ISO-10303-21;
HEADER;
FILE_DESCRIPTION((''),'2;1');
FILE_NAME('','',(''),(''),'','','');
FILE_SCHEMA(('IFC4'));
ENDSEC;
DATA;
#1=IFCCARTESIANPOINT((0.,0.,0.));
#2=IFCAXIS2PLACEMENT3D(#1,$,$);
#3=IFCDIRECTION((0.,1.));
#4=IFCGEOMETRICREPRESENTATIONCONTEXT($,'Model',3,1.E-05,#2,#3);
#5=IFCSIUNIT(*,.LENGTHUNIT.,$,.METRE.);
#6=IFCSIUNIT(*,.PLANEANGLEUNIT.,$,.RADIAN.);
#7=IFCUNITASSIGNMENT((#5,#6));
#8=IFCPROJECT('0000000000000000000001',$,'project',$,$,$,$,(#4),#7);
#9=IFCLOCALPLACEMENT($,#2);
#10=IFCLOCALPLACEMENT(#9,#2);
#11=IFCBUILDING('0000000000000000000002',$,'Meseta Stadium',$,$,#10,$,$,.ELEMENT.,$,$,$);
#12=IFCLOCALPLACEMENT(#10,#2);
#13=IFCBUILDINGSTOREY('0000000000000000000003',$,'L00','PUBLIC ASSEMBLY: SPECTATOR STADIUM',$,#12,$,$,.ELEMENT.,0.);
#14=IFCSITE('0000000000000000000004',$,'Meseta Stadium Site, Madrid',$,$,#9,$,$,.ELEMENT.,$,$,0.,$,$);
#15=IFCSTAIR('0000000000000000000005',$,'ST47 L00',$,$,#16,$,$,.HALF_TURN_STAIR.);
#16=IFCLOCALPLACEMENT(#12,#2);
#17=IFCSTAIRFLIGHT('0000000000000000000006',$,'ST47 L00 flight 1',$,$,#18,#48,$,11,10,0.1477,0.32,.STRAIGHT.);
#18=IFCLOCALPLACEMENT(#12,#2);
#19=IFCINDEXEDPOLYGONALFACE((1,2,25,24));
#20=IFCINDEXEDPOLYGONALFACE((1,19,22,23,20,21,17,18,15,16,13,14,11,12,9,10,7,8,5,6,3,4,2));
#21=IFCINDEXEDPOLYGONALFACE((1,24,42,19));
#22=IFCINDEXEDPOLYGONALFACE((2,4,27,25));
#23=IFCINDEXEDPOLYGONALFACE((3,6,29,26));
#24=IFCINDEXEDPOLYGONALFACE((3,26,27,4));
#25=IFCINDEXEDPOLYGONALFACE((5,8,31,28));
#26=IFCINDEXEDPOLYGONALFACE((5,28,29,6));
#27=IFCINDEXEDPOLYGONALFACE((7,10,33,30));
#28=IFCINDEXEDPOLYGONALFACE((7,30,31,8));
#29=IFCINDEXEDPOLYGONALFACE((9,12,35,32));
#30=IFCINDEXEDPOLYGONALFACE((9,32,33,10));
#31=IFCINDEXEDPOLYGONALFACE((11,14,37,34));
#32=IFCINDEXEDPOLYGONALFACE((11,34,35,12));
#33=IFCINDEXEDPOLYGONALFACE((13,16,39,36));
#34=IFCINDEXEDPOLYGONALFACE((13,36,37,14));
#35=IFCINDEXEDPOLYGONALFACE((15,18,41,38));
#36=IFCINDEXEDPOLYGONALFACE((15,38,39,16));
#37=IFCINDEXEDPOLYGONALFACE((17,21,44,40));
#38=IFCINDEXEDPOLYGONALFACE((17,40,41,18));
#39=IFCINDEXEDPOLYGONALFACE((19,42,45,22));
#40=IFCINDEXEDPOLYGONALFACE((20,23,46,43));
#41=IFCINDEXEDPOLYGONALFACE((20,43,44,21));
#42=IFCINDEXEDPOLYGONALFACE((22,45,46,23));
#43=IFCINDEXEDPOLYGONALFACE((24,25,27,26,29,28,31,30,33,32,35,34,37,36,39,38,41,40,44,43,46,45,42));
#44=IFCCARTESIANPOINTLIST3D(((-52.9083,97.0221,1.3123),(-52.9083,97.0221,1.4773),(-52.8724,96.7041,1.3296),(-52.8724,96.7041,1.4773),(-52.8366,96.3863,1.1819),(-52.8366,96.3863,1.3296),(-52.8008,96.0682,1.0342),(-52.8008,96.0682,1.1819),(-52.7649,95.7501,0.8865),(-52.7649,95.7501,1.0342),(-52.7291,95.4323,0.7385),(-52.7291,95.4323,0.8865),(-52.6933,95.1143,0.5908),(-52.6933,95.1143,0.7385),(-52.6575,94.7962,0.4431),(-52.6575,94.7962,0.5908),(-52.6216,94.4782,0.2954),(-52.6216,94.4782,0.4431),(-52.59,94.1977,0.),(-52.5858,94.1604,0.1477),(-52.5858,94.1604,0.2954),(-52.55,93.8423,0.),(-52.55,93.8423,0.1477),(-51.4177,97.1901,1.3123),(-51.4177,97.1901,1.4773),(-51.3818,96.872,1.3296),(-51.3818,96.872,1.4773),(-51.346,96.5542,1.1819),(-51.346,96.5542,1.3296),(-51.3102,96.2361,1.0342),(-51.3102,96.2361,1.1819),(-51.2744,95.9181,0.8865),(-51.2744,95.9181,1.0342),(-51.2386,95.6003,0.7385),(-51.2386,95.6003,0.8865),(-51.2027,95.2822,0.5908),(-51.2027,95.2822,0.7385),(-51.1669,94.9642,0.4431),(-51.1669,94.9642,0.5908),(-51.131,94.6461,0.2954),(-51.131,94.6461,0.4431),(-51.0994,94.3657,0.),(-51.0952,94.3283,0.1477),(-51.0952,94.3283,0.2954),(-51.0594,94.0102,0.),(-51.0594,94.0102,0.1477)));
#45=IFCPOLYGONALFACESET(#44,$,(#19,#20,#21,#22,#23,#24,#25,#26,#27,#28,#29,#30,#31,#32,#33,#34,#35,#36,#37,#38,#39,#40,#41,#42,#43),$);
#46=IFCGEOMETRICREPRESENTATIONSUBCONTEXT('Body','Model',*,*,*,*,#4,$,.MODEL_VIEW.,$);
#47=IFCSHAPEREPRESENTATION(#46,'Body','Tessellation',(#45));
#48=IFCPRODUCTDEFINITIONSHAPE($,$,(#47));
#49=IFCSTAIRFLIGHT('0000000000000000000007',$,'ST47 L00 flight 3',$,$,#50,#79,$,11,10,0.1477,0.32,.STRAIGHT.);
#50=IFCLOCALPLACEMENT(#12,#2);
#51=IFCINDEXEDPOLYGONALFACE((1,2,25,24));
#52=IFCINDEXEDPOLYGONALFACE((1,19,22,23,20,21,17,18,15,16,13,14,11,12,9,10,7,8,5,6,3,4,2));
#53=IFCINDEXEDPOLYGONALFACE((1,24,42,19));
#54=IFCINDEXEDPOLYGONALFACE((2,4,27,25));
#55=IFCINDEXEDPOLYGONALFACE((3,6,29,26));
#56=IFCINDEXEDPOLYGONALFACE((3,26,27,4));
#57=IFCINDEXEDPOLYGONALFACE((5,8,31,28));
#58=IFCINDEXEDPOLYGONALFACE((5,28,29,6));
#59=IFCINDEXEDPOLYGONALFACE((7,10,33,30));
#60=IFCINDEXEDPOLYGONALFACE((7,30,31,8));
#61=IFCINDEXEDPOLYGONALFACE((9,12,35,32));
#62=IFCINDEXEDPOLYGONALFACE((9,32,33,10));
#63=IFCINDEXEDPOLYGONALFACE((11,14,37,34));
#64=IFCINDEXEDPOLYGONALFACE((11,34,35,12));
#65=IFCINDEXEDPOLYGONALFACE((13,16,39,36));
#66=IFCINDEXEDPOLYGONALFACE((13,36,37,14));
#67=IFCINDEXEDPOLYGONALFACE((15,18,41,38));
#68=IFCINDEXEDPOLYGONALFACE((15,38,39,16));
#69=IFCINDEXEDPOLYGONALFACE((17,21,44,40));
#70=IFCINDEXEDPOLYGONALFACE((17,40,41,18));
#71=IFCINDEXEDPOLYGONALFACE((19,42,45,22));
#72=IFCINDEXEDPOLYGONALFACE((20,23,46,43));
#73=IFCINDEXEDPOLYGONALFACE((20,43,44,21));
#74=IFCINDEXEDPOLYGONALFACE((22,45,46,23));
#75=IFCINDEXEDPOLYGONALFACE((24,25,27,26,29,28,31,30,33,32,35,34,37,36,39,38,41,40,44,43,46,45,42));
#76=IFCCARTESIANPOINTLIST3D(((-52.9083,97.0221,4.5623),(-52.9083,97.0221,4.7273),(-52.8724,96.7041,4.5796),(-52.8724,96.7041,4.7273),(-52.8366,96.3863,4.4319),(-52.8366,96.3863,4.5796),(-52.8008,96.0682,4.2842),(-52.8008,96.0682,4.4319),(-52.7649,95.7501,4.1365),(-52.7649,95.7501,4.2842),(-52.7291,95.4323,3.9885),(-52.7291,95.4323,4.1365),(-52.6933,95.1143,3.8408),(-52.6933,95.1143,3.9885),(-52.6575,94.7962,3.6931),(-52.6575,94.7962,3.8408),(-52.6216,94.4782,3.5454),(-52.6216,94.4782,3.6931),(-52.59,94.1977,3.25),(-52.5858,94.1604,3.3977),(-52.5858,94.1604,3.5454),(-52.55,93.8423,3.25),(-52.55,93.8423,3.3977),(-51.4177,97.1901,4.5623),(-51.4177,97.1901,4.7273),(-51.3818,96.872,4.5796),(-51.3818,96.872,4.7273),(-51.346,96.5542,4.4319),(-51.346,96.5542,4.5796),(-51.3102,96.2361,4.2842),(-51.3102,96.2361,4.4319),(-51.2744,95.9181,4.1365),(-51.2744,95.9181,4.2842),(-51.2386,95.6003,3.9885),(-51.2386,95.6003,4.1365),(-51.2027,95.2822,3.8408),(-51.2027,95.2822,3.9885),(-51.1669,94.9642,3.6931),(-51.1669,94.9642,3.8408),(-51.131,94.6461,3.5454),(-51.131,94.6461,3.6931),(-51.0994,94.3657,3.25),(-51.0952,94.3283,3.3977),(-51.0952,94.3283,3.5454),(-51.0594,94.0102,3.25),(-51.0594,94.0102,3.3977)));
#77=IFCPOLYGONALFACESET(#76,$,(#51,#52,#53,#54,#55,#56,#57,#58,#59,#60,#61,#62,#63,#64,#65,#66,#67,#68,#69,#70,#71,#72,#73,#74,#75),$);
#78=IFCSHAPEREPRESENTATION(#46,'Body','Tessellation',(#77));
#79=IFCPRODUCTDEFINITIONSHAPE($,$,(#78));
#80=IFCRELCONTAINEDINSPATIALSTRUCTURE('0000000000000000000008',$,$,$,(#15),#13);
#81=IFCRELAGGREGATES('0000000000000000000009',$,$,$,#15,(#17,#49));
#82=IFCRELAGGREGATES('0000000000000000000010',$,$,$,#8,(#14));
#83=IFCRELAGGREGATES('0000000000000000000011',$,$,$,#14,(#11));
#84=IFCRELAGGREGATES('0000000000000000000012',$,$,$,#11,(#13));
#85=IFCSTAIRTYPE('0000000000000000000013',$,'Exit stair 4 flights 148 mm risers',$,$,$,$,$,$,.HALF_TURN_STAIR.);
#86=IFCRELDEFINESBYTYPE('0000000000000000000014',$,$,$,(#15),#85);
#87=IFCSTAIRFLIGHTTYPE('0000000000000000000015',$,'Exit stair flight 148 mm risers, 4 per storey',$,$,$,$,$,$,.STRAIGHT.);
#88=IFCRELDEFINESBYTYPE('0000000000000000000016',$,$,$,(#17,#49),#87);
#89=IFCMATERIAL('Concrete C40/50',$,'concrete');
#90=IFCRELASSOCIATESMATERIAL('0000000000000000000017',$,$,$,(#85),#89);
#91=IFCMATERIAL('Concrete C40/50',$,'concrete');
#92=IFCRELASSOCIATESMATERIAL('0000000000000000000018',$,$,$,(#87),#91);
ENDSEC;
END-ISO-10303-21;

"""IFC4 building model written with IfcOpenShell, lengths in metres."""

from ifc_helpers import new_model, si_unit, direction, frame, origin, place, context, subcontext, project, spatial, polyline, outline, extrude, material, type_object, element, aggregate, save


model = new_model("IFC4")

# Units and contexts
model_context = context("Model", 3, precision=1e-05, world=origin(), true_north=direction((0.0, 1.0)))
body_context = subcontext(model_context, "Body", "Model", "MODEL_VIEW")
ifc_project = project(units=[si_unit("LENGTHUNIT", "METRE"), si_unit("PLANEANGLEUNIT", "RADIAN")], contexts=[model_context])

# Site, building, storey
site_placement = place(None, origin())
site = spatial("IfcSite", under=ifc_project, at=site_placement, Name="Meseta Stadium Site, Madrid", CompositionType="ELEMENT", RefElevation=0.0)
building_placement = place(site_placement, origin())
building = spatial("IfcBuilding", under=site, at=building_placement, Name="Meseta Stadium", CompositionType="ELEMENT")
storey_placement = place(building_placement, origin())
storey = spatial("IfcBuildingStorey", under=building, at=storey_placement, Name="L00", Description="PUBLIC ASSEMBLY: SPECTATOR STADIUM", CompositionType="ELEMENT", Elevation=0.0)

# Shared definitions
ifc_material_1 = material(Name="Concrete C40/50", Category="concrete")
stair_type = type_object("IfcStairType", Name="Exit stair 4 flights 148 mm risers", PredefinedType="HALF_TURN_STAIR", material=ifc_material_1)
ifc_material_2 = material(Name="Concrete C40/50", Category="concrete")
stair_flight_type = type_object("IfcStairFlightType", Name="Exit stair flight 148 mm risers, 4 per storey", PredefinedType="STRAIGHT", material=ifc_material_2)

# Stair, stair flights
stair_1_placement = place(storey_placement, origin())
stair_1 = element("IfcStair", 1, at=stair_1_placement, inside=storey, type_object=stair_type, Name="ST47 L00", PredefinedType="HALF_TURN_STAIR")
stair_flight_1_placement = place(storey_placement, frame((-51.8047, 93.9263, 0.0), z_axis=(0.0, 0.0, 1.0), x_axis=(-0.111964, 0.993712, 0.0)))
stair_flight_1 = element("IfcStairFlight", 2, at=stair_flight_1_placement, type_object=stair_flight_type, Name="ST47 L00 flight 1", NumberOfRisers=11, NumberOfTreads=10, PredefinedType="STRAIGHT", RiserHeight=0.1477, TreadLength=0.32, context=body_context, shape_type="SweptSolid", body=[
    extrude(outline(polyline([(0.0, 0.0), (0.0, 0.1477), (0.3201, 0.1477), (0.3201, 0.2954), (0.6399, 0.2954), (0.6399, 0.4431), (0.96, 0.4431), (0.96, 0.5908), (1.28, 0.5908), (1.28, 0.7385), (1.6001, 0.7385), (1.6001, 0.8865), (1.9199, 0.8865), (1.9199, 1.0342), (2.24, 1.0342), (2.24, 1.1819), (2.5601, 1.1819), (2.5601, 1.3296), (2.8799, 1.3296), (2.8799, 1.4773), (3.2, 1.4773), (3.2, 1.3123), (0.3577, 0.0), (0.0, 0.0)])), frame((0.0, 0.75, 0.0), z_axis=(0.0, -1.0, 0.0), x_axis=(1.0, 0.0, 0.0)), (0.0, 0.0, 1.0), 1.5),
])
stair_flight_2_placement = place(storey_placement, frame((-51.8047, 93.9263, 3.25), z_axis=(0.0, 0.0, 1.0), x_axis=(-0.111964, 0.993712, 0.0)))
stair_flight_2 = element("IfcStairFlight", 3, at=stair_flight_2_placement, type_object=stair_flight_type, Name="ST47 L00 flight 3", NumberOfRisers=11, NumberOfTreads=10, PredefinedType="STRAIGHT", RiserHeight=0.1477, TreadLength=0.32, context=body_context, shape_type="SweptSolid", body=[
    extrude(outline(polyline([(0.0, 0.0), (0.0, 0.1477), (0.3201, 0.1477), (0.3201, 0.2954), (0.6399, 0.2954), (0.6399, 0.4431), (0.96, 0.4431), (0.96, 0.5908), (1.28, 0.5908), (1.28, 0.7385), (1.6001, 0.7385), (1.6001, 0.8865), (1.9199, 0.8865), (1.9199, 1.0342), (2.24, 1.0342), (2.24, 1.1819), (2.5601, 1.1819), (2.5601, 1.3296), (2.8799, 1.3296), (2.8799, 1.4773), (3.2, 1.4773), (3.2, 1.3123), (0.3577, 0.0), (0.0, 0.0)])), frame((0.0, 0.75, 0.0), z_axis=(0.0, -1.0, 0.0), x_axis=(1.0, 0.0, 0.0)), (0.0, 0.0, 1.0), 1.5),
])
aggregate(stair_1, [stair_flight_1, stair_flight_2])

save(model, "model.ifc")
